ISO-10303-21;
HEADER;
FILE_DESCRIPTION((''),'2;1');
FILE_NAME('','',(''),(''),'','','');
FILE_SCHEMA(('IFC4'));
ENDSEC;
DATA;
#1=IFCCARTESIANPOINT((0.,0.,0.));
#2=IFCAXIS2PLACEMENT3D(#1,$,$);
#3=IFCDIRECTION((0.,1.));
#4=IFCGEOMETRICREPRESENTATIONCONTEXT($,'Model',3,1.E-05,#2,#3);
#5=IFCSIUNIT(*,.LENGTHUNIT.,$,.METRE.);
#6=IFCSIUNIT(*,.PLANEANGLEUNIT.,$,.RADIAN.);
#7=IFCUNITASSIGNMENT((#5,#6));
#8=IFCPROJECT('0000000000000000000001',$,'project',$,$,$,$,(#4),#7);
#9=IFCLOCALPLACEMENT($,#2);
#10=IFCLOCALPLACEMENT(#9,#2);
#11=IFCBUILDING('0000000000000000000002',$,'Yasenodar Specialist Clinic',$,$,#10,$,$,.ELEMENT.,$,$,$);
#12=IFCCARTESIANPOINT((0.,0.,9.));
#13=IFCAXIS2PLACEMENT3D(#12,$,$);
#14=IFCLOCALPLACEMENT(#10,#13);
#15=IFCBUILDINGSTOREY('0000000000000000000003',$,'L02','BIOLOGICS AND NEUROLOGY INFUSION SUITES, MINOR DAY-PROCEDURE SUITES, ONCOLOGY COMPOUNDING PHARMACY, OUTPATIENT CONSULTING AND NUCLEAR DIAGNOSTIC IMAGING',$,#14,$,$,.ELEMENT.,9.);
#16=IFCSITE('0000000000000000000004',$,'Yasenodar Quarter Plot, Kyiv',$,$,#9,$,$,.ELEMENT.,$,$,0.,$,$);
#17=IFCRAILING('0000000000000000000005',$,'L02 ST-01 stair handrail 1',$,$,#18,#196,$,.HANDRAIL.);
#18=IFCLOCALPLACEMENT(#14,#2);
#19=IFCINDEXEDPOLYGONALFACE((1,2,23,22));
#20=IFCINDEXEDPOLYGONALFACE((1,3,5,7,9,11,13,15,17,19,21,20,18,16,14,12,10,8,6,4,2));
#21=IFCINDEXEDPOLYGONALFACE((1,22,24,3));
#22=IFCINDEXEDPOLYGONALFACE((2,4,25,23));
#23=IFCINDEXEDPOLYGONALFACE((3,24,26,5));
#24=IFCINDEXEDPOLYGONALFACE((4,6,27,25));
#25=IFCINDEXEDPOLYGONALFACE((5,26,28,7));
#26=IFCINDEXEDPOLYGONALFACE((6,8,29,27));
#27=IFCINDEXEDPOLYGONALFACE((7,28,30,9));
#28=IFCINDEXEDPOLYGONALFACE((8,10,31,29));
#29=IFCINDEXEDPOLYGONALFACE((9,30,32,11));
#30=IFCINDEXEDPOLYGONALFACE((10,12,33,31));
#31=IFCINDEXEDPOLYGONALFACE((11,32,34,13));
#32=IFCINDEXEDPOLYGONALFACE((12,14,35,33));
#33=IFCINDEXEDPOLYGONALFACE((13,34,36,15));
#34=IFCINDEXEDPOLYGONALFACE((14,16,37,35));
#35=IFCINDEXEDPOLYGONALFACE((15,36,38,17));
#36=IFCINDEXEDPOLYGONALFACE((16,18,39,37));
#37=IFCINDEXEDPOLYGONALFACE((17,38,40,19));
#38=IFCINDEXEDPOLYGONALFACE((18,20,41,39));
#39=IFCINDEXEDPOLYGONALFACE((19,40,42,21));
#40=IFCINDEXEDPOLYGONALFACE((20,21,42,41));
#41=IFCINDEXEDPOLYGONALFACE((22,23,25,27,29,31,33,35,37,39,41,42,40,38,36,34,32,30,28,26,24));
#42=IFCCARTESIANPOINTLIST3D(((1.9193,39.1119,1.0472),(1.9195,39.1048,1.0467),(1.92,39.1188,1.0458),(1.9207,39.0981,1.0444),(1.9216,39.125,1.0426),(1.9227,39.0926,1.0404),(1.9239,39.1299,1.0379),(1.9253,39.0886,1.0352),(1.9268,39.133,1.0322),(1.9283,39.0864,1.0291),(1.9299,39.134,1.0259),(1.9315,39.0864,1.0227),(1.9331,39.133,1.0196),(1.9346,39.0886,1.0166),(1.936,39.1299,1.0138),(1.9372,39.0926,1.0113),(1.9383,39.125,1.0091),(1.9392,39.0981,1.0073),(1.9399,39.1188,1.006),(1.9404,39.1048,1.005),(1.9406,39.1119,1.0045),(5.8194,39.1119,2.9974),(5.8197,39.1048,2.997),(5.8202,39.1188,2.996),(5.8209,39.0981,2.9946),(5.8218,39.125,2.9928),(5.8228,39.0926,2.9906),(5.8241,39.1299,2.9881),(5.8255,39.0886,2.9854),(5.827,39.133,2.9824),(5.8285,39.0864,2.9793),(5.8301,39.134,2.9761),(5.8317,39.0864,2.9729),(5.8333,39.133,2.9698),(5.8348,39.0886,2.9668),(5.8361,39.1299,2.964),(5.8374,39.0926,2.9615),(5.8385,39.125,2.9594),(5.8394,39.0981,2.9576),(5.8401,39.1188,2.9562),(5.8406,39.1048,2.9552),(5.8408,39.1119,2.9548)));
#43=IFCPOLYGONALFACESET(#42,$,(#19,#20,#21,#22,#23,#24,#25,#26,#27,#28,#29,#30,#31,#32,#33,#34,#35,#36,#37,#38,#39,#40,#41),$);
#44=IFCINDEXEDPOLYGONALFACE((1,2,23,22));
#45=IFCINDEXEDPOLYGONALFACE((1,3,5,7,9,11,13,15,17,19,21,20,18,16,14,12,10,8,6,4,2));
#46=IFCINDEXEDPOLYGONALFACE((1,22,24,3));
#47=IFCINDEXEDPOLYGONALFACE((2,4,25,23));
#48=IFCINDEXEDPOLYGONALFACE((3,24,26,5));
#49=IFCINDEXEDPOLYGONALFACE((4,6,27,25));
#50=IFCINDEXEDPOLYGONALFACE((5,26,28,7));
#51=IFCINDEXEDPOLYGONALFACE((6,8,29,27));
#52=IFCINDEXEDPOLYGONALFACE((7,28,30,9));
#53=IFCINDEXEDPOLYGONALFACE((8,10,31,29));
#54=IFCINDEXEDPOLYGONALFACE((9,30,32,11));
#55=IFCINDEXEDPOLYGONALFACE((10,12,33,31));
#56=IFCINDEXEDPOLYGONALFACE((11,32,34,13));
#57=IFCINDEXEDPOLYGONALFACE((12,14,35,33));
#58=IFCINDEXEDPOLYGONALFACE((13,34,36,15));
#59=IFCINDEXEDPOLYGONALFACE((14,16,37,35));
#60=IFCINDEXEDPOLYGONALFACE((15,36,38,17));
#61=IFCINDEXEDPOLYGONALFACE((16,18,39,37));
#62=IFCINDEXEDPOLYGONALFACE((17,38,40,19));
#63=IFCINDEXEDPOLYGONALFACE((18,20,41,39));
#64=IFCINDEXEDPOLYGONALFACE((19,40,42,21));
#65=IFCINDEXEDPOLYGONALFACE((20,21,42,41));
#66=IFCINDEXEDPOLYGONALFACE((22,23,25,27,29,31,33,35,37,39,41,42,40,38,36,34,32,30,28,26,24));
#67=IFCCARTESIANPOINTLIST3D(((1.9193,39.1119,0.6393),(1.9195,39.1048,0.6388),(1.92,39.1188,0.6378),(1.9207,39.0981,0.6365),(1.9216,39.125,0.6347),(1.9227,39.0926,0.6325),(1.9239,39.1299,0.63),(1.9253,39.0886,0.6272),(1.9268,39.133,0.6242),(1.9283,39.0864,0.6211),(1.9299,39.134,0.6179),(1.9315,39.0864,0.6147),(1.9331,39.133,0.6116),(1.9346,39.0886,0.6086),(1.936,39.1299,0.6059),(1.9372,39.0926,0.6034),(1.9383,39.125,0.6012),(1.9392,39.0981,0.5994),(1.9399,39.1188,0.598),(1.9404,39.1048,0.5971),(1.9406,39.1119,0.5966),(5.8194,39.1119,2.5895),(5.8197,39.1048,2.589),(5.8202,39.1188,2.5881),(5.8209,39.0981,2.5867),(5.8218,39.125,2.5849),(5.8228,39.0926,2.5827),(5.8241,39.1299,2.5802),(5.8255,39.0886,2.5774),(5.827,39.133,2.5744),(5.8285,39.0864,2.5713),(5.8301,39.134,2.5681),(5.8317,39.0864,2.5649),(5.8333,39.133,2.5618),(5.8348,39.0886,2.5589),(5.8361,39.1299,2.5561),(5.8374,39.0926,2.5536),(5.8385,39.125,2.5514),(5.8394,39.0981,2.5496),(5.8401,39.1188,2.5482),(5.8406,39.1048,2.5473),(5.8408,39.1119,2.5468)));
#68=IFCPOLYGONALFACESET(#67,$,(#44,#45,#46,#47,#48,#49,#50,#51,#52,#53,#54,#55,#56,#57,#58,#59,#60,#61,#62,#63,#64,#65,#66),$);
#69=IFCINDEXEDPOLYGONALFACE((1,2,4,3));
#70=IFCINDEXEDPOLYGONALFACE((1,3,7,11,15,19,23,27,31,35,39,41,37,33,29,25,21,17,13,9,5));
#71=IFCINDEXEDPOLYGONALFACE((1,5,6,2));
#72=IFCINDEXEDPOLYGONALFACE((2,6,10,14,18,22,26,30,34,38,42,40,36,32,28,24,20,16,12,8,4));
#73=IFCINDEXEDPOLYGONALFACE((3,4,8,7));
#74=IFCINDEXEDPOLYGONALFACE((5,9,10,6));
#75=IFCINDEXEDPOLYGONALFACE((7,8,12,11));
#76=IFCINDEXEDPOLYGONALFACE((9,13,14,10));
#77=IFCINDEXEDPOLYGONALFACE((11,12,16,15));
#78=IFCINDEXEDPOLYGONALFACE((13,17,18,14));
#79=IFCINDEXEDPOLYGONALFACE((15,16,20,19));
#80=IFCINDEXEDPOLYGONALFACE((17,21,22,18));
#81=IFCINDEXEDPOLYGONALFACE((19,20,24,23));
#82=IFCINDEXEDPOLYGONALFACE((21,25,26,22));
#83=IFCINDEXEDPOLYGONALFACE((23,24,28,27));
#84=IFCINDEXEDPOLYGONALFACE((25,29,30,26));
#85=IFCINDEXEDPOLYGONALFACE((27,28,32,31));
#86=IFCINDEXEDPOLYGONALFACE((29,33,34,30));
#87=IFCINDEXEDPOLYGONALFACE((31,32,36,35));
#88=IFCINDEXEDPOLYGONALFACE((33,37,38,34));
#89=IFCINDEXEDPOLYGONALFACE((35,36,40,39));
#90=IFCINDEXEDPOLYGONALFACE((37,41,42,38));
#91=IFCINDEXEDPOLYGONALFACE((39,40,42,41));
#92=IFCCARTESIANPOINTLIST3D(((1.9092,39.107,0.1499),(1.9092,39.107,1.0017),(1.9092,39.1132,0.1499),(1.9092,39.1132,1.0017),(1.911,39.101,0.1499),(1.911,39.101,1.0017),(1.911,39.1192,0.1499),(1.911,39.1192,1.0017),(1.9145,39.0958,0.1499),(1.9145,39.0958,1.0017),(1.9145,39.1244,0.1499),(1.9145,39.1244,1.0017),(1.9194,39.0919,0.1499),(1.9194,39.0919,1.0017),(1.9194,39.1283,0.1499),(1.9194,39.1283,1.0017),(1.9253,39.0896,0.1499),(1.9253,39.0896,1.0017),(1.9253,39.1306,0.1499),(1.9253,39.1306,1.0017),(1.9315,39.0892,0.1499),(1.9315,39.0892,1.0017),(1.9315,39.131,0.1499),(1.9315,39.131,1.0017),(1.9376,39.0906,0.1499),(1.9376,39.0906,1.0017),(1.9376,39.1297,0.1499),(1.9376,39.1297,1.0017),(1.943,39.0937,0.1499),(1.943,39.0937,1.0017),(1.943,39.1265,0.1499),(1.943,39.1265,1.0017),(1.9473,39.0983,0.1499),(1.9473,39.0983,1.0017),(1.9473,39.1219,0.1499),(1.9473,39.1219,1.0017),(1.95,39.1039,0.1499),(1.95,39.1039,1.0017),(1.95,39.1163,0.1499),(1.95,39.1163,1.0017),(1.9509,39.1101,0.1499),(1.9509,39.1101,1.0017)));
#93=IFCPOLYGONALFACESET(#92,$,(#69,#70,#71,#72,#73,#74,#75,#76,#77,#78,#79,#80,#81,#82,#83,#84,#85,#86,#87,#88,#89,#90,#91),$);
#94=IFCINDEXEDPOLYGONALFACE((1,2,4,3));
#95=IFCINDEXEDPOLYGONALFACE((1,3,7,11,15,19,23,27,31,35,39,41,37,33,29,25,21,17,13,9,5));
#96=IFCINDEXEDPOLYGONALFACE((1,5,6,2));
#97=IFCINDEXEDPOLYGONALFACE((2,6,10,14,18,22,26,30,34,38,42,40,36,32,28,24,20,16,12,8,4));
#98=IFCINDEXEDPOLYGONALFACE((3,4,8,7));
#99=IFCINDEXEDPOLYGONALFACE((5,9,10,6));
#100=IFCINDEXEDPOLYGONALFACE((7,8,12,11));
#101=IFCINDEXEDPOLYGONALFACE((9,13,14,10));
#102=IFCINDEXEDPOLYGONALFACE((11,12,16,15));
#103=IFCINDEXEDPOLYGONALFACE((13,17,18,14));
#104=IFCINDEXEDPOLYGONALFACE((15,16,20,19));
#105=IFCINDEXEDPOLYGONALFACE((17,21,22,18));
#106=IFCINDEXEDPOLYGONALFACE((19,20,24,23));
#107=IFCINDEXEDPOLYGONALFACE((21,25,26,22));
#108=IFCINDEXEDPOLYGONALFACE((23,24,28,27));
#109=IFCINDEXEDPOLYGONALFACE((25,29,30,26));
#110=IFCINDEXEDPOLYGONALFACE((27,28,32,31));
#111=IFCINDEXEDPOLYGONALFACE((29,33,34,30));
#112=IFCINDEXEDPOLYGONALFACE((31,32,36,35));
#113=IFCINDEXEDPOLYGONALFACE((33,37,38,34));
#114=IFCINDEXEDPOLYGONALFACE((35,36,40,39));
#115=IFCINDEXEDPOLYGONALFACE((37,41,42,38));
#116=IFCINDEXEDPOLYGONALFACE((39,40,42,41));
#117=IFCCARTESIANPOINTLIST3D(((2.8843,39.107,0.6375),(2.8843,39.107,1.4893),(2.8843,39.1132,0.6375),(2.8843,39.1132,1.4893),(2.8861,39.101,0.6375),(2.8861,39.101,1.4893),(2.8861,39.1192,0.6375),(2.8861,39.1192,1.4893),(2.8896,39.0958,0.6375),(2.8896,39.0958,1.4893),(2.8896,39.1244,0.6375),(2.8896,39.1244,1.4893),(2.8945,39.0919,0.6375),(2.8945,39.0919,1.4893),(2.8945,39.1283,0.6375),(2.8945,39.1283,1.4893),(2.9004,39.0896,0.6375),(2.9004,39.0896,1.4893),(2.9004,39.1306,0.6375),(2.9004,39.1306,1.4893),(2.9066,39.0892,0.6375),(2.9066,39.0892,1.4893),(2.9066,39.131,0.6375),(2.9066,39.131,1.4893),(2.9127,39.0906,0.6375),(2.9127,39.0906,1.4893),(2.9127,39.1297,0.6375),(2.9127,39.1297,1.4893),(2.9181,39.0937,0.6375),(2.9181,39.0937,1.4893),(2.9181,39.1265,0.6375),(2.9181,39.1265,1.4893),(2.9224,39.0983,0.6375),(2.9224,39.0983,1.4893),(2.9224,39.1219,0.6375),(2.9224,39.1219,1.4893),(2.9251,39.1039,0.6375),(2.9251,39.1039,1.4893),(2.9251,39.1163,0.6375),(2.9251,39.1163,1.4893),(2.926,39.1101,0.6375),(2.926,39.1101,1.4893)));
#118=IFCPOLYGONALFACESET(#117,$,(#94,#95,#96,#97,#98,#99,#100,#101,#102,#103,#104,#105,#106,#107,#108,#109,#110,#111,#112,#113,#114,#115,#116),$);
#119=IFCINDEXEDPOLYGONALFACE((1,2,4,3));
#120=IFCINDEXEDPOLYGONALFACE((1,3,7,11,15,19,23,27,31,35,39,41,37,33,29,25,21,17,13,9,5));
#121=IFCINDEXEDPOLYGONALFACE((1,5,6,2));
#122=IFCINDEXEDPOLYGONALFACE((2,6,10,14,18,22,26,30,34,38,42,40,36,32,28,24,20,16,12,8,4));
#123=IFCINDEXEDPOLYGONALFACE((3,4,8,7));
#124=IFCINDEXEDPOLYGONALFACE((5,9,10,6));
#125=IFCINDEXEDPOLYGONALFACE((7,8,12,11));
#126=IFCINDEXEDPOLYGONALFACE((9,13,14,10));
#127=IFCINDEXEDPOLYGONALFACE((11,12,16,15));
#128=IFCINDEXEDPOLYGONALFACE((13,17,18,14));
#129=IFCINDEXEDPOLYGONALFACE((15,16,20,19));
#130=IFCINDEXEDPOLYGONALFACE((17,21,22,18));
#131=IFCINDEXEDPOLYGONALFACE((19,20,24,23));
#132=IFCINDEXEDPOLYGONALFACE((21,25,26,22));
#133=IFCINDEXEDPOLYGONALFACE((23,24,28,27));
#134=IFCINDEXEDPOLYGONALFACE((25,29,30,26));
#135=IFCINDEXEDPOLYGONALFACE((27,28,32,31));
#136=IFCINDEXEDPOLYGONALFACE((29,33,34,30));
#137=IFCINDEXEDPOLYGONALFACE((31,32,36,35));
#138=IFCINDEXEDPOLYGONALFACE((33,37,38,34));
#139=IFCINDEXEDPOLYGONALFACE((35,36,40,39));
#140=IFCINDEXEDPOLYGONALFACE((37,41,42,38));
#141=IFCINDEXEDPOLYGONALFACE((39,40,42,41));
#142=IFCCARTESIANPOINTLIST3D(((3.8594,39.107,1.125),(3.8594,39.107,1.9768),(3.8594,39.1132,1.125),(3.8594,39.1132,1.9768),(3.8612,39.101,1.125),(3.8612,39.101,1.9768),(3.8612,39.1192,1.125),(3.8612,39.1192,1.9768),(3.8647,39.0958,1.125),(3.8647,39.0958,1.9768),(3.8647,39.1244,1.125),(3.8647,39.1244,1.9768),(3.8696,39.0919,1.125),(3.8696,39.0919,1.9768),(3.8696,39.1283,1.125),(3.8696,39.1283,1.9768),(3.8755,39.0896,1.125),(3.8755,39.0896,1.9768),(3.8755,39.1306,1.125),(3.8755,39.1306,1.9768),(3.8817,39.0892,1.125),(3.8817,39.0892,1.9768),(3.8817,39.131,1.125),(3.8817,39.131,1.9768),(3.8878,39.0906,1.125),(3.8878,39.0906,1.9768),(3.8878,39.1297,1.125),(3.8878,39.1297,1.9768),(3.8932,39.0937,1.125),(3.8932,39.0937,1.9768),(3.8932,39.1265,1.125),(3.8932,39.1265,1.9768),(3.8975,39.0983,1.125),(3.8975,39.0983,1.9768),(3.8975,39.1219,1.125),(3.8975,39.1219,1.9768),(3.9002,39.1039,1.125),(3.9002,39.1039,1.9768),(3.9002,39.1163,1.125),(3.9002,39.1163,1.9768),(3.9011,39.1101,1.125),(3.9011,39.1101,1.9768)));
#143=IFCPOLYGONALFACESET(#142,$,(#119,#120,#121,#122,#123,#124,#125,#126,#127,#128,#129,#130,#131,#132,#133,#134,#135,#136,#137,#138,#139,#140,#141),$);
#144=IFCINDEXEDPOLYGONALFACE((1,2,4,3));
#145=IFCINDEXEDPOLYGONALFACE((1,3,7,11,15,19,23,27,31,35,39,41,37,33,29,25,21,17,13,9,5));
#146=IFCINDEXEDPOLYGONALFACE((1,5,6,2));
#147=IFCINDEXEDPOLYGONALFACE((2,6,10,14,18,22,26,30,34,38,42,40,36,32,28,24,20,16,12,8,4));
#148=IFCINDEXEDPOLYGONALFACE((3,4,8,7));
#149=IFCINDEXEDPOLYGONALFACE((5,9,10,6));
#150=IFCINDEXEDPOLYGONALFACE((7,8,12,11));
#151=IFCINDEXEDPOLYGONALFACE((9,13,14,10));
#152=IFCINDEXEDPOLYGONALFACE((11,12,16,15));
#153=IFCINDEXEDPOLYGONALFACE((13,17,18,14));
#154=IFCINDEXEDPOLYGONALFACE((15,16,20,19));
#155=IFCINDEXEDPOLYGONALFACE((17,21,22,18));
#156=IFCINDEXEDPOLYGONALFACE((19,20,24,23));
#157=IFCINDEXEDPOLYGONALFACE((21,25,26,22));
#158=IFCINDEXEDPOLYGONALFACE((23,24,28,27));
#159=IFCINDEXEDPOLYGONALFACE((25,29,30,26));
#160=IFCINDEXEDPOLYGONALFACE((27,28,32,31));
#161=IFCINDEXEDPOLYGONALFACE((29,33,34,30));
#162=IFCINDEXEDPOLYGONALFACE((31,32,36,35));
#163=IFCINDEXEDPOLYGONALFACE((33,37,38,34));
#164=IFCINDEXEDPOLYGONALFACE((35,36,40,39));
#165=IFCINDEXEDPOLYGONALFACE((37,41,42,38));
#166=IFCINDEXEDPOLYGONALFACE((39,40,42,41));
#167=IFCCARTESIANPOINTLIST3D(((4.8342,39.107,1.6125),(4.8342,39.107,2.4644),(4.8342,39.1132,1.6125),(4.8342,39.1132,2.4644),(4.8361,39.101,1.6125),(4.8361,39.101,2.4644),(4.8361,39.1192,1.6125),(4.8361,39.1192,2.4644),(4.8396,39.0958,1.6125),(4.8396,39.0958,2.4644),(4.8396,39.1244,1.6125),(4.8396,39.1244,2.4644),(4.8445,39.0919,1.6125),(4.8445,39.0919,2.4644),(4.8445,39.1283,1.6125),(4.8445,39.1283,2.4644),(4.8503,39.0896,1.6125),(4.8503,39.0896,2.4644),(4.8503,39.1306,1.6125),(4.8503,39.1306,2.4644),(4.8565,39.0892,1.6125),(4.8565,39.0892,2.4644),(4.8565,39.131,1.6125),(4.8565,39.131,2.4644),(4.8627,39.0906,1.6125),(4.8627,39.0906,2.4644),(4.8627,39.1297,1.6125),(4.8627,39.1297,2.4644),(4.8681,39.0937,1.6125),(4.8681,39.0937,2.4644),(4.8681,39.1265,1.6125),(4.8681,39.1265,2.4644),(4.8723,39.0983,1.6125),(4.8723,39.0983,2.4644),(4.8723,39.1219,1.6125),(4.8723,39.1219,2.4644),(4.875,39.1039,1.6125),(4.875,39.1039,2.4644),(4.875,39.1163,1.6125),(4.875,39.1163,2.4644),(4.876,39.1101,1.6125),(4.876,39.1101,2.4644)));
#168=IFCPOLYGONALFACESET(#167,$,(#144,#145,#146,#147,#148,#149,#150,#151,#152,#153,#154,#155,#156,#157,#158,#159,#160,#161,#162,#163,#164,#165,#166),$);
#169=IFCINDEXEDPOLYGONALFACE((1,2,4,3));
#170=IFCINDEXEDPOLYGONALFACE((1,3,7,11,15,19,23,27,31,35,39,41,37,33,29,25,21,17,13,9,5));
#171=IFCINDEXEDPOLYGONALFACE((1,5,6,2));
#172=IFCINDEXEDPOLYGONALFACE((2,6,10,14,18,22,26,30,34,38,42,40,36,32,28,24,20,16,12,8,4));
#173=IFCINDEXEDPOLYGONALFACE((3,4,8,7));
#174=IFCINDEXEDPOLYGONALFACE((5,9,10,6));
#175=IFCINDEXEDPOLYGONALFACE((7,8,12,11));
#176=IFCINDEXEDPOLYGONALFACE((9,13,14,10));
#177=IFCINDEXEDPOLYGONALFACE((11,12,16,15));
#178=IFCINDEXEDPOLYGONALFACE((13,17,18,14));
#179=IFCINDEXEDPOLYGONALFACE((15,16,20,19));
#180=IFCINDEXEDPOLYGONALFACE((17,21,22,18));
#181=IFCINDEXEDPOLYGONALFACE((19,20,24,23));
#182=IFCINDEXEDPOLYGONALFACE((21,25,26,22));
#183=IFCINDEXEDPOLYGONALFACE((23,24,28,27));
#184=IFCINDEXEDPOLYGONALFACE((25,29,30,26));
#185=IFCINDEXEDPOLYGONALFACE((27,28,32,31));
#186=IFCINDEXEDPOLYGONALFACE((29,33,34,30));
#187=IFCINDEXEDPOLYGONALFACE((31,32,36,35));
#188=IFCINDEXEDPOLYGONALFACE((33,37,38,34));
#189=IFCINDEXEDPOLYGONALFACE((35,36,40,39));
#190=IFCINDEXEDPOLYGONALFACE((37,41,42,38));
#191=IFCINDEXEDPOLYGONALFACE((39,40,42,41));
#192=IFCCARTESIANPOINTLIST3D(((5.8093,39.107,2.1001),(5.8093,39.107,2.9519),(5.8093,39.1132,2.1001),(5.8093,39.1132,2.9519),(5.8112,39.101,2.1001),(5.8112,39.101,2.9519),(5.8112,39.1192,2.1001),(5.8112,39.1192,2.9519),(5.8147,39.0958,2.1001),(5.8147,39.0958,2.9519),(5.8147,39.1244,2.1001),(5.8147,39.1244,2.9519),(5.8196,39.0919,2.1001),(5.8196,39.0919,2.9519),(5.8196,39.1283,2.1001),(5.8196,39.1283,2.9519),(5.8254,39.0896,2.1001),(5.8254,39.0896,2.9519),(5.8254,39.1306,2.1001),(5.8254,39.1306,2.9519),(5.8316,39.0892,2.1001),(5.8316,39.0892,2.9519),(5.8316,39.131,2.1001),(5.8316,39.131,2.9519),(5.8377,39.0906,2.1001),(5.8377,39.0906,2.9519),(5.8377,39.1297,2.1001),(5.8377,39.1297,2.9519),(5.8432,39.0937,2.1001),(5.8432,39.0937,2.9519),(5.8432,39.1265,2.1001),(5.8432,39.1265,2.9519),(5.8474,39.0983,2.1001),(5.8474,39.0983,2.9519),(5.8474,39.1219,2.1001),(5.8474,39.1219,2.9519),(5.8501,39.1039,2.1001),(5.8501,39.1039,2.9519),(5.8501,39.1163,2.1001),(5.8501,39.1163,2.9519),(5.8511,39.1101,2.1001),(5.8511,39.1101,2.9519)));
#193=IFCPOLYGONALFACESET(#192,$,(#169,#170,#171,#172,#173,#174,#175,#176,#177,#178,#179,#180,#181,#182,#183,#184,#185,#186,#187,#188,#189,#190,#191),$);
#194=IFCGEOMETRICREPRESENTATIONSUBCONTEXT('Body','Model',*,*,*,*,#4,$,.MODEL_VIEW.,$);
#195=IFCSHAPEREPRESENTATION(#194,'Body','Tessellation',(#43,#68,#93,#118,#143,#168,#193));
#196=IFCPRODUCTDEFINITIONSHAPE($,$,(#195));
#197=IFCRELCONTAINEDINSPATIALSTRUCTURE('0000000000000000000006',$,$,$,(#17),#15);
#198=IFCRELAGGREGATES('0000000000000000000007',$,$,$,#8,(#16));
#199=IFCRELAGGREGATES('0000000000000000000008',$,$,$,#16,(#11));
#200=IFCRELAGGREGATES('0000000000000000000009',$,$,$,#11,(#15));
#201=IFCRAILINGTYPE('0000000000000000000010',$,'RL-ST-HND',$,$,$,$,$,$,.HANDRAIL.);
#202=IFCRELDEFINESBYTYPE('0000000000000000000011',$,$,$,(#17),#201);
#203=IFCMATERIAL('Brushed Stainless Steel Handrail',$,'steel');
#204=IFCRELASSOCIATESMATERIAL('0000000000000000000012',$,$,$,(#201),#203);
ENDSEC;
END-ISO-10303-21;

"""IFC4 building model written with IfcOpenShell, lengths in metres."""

from ifc_helpers import new_model, si_unit, direction, frame, origin, origin_2d, place, context, subcontext, project, spatial, circle, extrude, material, type_object, element, save


model = new_model("IFC4")

# Units and contexts
model_context = context("Model", 3, precision=1e-05, world=origin(), true_north=direction((0.0, 1.0)))
body_context = subcontext(model_context, "Body", "Model", "MODEL_VIEW")
ifc_project = project(units=[si_unit("LENGTHUNIT", "METRE"), si_unit("PLANEANGLEUNIT", "RADIAN")], contexts=[model_context])

# Site, building, storey
site_placement = place(None, origin())
site = spatial("IfcSite", under=ifc_project, at=site_placement, Name="Yasenodar Quarter Plot, Kyiv", CompositionType="ELEMENT", RefElevation=0.0)
building_placement = place(site_placement, origin())
building = spatial("IfcBuilding", under=site, at=building_placement, Name="Yasenodar Specialist Clinic", CompositionType="ELEMENT")
storey_placement = place(building_placement, frame((0.0, 0.0, 9.0)))
storey = spatial("IfcBuildingStorey", under=building, at=storey_placement, Name="L02", Description="BIOLOGICS AND NEUROLOGY INFUSION SUITES, MINOR DAY-PROCEDURE SUITES, ONCOLOGY COMPOUNDING PHARMACY, OUTPATIENT CONSULTING AND NUCLEAR DIAGNOSTIC IMAGING", CompositionType="ELEMENT", Elevation=9.0)

# Railing
ifc_material_1 = material(Name="Brushed Stainless Steel Handrail", Category="steel")
railing_type_1 = type_object("IfcRailingType", Name="RL-ST-HND", PredefinedType="HANDRAIL", material=ifc_material_1)
railing_1_placement = place(storey_placement, frame((1.9299, 39.1101, 0.1499)))
element("IfcRailing", 1, at=railing_1_placement, inside=storey, type_object=railing_type_1, Name="L02 ST-01 stair handrail 1", PredefinedType="HANDRAIL", context=body_context, shape_type="SweptSolid", body=[
    extrude(circle(Radius=0.0239, at=origin_2d()), frame((0.0, 0.0, 0.876), z_axis=(0.894416, 0.0, 0.447236), x_axis=(0.0, 1.0, 0.0)), (0.0, 0.0, 1.0), 4.3606),
    extrude(circle(Radius=0.0239, at=origin_2d()), frame((0.0, 0.0, 0.468), z_axis=(0.894416, 0.0, 0.447236), x_axis=(0.0, 1.0, 0.0)), (0.0, 0.0, 1.0), 4.3606),
    extrude(circle(Radius=0.021, at=origin_2d()), origin(), (0.0, 0.0, 1.0), 0.8518),
    extrude(circle(Radius=0.021, at=origin_2d()), frame((0.9751, 0.0, 0.4875)), (0.0, 0.0, 1.0), 0.8518),
    extrude(circle(Radius=0.021, at=origin_2d()), frame((1.9502, 0.0, 0.9751)), (0.0, 0.0, 1.0), 0.8518),
    extrude(circle(Radius=0.021, at=origin_2d()), frame((2.925, 0.0, 1.4626)), (0.0, 0.0, 1.0), 0.8518),
    extrude(circle(Radius=0.021, at=origin_2d()), frame((3.9001, 0.0, 1.9502)), (0.0, 0.0, 1.0), 0.8518),
])

save(model, "model.ifc")
